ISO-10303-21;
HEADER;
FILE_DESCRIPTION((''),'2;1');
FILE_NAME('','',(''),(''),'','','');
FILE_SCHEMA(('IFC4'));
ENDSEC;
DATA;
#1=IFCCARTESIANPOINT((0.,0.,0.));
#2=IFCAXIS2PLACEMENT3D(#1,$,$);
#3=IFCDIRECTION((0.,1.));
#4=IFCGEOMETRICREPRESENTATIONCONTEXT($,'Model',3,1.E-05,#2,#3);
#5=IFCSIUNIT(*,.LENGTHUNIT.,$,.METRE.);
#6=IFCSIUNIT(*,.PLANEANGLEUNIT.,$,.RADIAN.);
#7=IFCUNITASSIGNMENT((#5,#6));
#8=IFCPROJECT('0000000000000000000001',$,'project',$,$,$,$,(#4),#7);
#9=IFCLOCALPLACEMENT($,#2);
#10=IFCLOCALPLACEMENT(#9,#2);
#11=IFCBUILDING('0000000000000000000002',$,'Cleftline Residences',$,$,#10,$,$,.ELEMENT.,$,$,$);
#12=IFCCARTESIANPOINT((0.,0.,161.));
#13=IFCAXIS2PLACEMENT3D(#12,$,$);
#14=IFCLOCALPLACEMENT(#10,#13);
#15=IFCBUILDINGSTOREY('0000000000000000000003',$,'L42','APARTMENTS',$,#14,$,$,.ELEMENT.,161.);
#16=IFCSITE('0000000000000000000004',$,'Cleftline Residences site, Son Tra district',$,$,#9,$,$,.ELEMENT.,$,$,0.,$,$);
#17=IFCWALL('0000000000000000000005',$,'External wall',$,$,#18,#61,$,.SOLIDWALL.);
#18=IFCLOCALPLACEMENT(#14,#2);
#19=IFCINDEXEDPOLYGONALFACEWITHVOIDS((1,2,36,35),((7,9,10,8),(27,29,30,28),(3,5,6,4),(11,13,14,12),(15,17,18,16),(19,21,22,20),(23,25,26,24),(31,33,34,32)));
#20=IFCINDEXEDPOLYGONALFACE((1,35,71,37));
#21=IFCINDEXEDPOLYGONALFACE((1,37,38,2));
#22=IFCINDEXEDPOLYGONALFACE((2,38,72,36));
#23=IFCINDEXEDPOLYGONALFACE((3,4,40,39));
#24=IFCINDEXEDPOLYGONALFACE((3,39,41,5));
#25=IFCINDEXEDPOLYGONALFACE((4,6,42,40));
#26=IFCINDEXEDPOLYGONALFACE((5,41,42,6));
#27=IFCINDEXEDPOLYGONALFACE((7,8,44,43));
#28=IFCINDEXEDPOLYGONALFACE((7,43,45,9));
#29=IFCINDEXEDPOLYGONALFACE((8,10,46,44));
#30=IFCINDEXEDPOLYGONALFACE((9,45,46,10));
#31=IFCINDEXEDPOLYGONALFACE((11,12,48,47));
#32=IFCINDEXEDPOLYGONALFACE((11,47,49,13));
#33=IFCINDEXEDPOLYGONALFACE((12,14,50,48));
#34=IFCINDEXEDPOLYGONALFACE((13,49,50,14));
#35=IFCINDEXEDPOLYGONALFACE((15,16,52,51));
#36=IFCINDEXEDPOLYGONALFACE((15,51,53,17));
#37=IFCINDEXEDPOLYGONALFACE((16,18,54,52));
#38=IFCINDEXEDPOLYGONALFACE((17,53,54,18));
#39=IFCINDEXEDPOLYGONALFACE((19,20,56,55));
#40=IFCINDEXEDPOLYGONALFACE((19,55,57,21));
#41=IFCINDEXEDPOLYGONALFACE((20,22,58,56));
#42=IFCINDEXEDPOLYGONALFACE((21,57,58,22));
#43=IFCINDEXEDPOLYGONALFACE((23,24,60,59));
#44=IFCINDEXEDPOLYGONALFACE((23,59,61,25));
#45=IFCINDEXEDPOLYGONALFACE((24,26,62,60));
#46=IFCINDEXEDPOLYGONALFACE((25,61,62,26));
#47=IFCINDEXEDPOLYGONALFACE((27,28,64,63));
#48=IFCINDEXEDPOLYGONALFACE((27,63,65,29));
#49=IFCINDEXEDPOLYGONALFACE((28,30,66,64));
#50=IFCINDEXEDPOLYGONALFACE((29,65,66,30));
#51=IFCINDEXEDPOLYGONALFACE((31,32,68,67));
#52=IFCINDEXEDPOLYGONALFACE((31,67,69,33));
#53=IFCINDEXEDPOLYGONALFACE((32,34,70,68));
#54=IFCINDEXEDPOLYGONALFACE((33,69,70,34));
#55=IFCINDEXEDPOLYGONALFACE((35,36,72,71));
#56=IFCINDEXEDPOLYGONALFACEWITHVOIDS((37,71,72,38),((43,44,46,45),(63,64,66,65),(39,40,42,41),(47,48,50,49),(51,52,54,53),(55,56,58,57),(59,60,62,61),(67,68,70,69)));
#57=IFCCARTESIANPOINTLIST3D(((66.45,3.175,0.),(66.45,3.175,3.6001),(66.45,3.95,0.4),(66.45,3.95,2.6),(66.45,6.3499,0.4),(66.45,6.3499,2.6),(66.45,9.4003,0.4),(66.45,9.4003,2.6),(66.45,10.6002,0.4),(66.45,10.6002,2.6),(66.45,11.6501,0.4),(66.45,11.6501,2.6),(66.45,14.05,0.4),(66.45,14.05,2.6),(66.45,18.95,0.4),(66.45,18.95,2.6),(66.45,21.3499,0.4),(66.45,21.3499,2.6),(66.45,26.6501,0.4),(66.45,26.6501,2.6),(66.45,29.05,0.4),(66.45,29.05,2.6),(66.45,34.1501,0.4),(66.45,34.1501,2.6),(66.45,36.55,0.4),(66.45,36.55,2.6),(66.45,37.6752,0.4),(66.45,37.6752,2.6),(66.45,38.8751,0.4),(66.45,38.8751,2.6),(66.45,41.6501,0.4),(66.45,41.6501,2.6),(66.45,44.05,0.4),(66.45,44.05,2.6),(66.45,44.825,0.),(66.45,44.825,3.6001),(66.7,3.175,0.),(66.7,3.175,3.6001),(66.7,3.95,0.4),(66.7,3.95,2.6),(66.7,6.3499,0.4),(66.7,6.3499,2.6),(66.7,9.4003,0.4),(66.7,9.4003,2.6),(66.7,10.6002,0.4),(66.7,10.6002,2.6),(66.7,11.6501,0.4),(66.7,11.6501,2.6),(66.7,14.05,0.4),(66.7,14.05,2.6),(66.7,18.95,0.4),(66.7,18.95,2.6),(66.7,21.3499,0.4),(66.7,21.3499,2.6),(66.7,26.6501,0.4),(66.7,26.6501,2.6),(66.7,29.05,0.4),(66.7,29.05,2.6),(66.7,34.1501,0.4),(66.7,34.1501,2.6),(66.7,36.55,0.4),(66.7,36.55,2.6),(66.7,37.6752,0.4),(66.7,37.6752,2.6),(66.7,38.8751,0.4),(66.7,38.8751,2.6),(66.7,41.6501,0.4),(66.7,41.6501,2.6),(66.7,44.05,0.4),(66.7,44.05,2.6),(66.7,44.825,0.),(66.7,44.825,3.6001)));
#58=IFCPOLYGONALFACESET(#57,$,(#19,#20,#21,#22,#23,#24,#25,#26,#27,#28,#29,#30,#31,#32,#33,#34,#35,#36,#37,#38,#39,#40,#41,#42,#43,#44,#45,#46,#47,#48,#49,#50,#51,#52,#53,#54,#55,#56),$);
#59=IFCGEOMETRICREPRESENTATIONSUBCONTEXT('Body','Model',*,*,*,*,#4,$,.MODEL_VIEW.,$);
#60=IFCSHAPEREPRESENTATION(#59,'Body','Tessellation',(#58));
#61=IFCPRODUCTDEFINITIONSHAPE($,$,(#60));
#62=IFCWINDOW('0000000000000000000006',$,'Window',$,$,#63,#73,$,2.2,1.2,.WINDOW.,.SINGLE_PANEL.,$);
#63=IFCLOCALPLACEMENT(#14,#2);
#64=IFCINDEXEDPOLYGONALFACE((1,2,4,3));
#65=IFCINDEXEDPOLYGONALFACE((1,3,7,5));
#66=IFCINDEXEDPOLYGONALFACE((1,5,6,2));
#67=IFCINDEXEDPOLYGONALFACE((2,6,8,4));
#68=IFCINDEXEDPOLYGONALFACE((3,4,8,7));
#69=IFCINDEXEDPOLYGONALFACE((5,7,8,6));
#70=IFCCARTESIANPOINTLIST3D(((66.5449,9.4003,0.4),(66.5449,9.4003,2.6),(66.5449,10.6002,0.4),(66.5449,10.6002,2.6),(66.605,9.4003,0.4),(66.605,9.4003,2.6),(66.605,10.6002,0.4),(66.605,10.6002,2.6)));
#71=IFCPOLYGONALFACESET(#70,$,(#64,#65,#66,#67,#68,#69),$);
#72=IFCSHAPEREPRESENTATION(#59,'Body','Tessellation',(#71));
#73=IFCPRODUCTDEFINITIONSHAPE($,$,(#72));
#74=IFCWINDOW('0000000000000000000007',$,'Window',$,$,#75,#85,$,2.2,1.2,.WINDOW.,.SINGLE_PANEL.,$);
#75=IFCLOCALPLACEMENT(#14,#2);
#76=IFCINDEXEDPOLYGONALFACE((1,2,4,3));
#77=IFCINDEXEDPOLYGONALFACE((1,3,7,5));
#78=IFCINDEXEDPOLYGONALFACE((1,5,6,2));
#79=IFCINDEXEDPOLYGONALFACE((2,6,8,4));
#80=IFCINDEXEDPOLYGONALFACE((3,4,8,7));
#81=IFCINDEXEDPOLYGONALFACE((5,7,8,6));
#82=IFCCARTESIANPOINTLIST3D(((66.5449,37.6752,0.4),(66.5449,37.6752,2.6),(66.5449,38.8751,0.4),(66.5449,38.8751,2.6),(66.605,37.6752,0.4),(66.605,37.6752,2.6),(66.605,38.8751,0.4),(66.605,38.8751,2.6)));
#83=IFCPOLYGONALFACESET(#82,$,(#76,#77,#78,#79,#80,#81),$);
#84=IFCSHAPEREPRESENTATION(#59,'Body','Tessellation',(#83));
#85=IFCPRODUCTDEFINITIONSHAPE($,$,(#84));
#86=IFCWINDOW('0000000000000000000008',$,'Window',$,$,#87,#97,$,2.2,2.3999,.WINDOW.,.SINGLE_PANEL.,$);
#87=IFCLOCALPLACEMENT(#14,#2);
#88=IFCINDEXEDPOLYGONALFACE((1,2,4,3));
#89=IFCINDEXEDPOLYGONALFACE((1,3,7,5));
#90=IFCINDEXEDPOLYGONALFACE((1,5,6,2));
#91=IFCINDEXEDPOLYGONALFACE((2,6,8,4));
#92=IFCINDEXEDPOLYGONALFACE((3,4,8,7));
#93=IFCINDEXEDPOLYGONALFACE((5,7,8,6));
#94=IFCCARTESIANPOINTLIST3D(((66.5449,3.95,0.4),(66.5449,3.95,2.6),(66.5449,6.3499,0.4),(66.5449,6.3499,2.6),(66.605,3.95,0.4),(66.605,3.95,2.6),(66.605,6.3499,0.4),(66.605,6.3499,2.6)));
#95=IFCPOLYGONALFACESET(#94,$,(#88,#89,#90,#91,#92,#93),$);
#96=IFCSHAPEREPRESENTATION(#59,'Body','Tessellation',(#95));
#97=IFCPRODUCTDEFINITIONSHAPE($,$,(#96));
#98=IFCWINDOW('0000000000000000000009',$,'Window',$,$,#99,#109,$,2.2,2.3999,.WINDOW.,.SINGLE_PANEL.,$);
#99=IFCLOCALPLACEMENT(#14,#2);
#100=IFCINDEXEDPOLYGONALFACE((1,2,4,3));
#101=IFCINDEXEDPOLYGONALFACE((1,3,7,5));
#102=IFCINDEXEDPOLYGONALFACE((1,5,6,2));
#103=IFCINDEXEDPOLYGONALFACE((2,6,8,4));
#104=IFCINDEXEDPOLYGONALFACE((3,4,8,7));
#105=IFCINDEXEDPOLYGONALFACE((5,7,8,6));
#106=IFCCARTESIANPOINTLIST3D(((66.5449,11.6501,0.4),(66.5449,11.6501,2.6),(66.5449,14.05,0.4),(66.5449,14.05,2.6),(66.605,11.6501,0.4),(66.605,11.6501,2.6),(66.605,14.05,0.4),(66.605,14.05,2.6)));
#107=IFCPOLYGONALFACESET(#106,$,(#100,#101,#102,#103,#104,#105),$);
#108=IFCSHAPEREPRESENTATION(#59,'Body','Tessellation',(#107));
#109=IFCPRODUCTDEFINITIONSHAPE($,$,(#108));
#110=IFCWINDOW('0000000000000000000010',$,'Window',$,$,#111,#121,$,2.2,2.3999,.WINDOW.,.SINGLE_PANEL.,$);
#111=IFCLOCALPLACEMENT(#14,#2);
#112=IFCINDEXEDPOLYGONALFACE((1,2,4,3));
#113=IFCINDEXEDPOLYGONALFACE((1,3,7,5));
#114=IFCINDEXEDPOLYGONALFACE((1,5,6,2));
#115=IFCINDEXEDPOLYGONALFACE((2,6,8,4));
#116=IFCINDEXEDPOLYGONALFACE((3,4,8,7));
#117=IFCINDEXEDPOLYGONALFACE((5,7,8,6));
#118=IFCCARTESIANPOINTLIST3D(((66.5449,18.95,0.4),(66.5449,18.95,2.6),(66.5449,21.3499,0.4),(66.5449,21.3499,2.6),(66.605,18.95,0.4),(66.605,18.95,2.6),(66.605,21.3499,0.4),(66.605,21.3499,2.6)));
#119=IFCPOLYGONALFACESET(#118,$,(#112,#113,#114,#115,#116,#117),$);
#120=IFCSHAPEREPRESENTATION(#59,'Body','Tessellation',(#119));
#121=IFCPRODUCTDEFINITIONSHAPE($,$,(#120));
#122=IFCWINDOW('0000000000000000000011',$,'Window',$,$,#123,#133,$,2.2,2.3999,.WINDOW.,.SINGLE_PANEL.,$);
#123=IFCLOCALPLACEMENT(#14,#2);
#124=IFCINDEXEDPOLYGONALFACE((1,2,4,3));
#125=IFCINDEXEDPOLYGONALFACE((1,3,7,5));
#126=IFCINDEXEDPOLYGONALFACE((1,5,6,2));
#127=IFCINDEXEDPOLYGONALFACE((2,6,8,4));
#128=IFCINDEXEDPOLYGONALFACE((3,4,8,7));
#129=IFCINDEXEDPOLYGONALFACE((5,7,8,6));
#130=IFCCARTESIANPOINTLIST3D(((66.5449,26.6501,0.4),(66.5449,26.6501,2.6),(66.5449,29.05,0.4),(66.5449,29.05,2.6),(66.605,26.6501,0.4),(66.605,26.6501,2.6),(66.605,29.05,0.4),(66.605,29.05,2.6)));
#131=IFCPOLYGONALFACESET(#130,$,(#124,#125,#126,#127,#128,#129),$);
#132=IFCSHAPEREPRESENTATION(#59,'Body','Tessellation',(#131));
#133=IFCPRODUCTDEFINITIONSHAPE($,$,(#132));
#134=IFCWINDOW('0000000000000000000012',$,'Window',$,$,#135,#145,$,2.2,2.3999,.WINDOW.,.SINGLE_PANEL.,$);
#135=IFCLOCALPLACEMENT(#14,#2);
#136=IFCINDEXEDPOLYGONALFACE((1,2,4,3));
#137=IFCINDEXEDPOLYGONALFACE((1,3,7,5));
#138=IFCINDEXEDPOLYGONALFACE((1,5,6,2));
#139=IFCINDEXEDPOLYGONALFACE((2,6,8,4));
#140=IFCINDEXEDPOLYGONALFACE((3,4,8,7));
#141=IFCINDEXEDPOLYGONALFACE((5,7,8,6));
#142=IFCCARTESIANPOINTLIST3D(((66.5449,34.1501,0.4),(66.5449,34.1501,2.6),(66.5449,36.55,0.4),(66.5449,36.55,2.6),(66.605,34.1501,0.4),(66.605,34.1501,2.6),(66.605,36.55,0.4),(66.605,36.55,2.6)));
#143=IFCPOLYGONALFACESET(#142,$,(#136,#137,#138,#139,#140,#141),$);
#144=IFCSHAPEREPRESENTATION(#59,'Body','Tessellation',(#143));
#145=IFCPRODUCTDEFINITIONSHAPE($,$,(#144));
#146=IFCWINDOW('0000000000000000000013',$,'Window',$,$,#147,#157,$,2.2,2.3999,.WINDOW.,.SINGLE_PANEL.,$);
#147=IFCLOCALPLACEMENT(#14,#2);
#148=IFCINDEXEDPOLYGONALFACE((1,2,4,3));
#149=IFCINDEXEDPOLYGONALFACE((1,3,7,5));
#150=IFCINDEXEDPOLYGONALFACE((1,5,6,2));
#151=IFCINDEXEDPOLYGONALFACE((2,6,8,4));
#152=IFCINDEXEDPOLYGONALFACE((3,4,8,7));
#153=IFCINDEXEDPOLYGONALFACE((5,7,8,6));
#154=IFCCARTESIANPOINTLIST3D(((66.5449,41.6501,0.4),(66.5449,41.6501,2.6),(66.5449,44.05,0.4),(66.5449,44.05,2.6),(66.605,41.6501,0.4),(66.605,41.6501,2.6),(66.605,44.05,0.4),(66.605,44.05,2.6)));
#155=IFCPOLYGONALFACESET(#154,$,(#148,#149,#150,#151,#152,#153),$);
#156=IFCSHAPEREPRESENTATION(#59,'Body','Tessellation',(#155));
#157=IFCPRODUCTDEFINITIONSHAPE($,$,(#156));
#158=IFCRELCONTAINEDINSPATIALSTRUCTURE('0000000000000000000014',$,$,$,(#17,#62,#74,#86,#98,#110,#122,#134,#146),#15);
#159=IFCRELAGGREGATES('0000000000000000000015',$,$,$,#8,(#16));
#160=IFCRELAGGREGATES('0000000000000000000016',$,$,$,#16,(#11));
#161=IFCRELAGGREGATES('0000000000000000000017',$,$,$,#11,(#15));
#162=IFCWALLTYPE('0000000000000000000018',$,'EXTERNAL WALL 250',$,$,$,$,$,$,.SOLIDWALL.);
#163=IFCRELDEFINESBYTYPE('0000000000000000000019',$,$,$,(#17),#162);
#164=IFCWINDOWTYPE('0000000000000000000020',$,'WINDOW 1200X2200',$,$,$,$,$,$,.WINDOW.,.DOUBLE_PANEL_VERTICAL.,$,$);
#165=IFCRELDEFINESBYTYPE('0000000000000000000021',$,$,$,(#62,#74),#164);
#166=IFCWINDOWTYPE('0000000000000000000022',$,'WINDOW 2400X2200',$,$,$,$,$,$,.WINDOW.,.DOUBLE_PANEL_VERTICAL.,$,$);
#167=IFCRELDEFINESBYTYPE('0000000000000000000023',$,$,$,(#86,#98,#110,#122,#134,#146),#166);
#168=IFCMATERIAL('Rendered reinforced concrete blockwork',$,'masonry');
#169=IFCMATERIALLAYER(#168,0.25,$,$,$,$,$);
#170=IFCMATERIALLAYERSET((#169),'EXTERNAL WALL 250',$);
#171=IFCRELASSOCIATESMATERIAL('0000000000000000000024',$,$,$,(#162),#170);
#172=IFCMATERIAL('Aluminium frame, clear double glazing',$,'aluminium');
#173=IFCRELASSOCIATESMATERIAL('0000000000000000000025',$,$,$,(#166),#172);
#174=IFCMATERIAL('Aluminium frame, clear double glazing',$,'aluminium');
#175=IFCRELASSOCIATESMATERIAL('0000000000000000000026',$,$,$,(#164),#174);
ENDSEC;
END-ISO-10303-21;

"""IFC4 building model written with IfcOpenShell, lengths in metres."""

from ifc_helpers import new_model, si_unit, direction, frame, frame_2d, origin, place, context, subcontext, project, spatial, rectangle, extrude, material, layer, layer_set, type_object, element, fill, save


model = new_model("IFC4")

# Units and contexts
model_context = context("Model", 3, precision=1e-05, world=origin(), true_north=direction((0.0, 1.0)))
body_context = subcontext(model_context, "Body", "Model", "MODEL_VIEW")
ifc_project = project(units=[si_unit("LENGTHUNIT", "METRE"), si_unit("PLANEANGLEUNIT", "RADIAN")], contexts=[model_context])

# Site, building, storey
site_placement = place(None, origin())
site = spatial("IfcSite", under=ifc_project, at=site_placement, Name="Cleftline Residences site, Son Tra district", CompositionType="ELEMENT", RefElevation=0.0)
building_placement = place(site_placement, origin())
building = spatial("IfcBuilding", under=site, at=building_placement, Name="Cleftline Residences", CompositionType="ELEMENT")
storey_placement = place(building_placement, frame((0.0, 0.0, 161.0)))
storey = spatial("IfcBuildingStorey", under=building, at=storey_placement, Name="L42", Description="APARTMENTS", CompositionType="ELEMENT", Elevation=161.0)

# Shared definitions
ifc_material_1 = material(Name="Rendered reinforced concrete blockwork", Category="masonry")
ifc_layer_1 = layer(ifc_material_1, 0.25)
ifc_layer_set_1 = layer_set([ifc_layer_1], Name="EXTERNAL WALL 250")
wall_type_1 = type_object("IfcWallType", Name="EXTERNAL WALL 250", PredefinedType="SOLIDWALL", material=ifc_layer_set_1)
ifc_material_2 = material(Name="Aluminium frame, clear double glazing", Category="aluminium")
window_type_1 = type_object("IfcWindowType", Name="WINDOW 2400X2200", PartitioningType="DOUBLE_PANEL_VERTICAL", PredefinedType="WINDOW", material=ifc_material_2)

# Wall, openings, windows
wall_1_placement = place(storey_placement, frame((66.575, 3.175, 0.0), z_axis=(0.0, 0.0, 1.0), x_axis=(0.0, 1.0, 0.0)))
wall_1 = element("IfcWall", 1, at=wall_1_placement, inside=storey, type_object=wall_type_1, Name="External wall", PredefinedType="SOLIDWALL", context=body_context, shape_type="SweptSolid", body=[
    extrude(rectangle(XDim=41.6499, YDim=0.25, at=frame_2d((20.825, 0.0))), origin(), (0.0, 0.0, 1.0), 3.6001),
])
opening_1_placement = place(wall_1_placement, frame((0.7749, 0.0, 0.3999)))
opening_1 = element("IfcOpeningElement", 2, at=opening_1_placement, cuts=wall_1, PredefinedType="OPENING", context=body_context, shape_type="SweptSolid", body=[
    extrude(rectangle(XDim=2.3999, YDim=2.2, at=frame_2d((1.2, 1.1001))), frame((0.0, 0.135, 0.0), z_axis=(0.0, -1.0, 0.0), x_axis=(1.0, 0.0, 0.0)), (0.0, 0.0, 1.0), 0.27),
])
opening_2_placement = place(wall_1_placement, frame((6.2251, 0.0, 0.3999)))
opening_2 = element("IfcOpeningElement", 3, at=opening_2_placement, cuts=wall_1, PredefinedType="OPENING", context=body_context, shape_type="SweptSolid", body=[
    extrude(rectangle(XDim=1.2, YDim=2.2, at=frame_2d((0.6001, 1.1001))), frame((0.0, 0.135, 0.0), z_axis=(0.0, -1.0, 0.0), x_axis=(1.0, 0.0, 0.0)), (0.0, 0.0, 1.0), 0.27),
])
opening_3_placement = place(wall_1_placement, frame((8.4751, 0.0, 0.3999)))
opening_3 = element("IfcOpeningElement", 4, at=opening_3_placement, cuts=wall_1, PredefinedType="OPENING", context=body_context, shape_type="SweptSolid", body=[
    extrude(rectangle(XDim=2.3999, YDim=2.2, at=frame_2d((1.2, 1.1001))), frame((0.0, 0.135, 0.0), z_axis=(0.0, -1.0, 0.0), x_axis=(1.0, 0.0, 0.0)), (0.0, 0.0, 1.0), 0.27),
])
opening_4_placement = place(wall_1_placement, frame((15.7749, 0.0, 0.3999)))
opening_4 = element("IfcOpeningElement", 5, at=opening_4_placement, cuts=wall_1, PredefinedType="OPENING", context=body_context, shape_type="SweptSolid", body=[
    extrude(rectangle(XDim=2.3999, YDim=2.2, at=frame_2d((1.2, 1.1001))), frame((0.0, 0.135, 0.0), z_axis=(0.0, -1.0, 0.0), x_axis=(1.0, 0.0, 0.0)), (0.0, 0.0, 1.0), 0.27),
])
opening_5_placement = place(wall_1_placement, frame((23.4751, 0.0, 0.3999)))
opening_5 = element("IfcOpeningElement", 6, at=opening_5_placement, cuts=wall_1, PredefinedType="OPENING", context=body_context, shape_type="SweptSolid", body=[
    extrude(rectangle(XDim=2.3999, YDim=2.2, at=frame_2d((1.2, 1.1001))), frame((0.0, 0.135, 0.0), z_axis=(0.0, -1.0, 0.0), x_axis=(1.0, 0.0, 0.0)), (0.0, 0.0, 1.0), 0.27),
])
opening_6_placement = place(wall_1_placement, frame((30.9751, 0.0, 0.3999)))
opening_6 = element("IfcOpeningElement", 7, at=opening_6_placement, cuts=wall_1, PredefinedType="OPENING", context=body_context, shape_type="SweptSolid", body=[
    extrude(rectangle(XDim=2.3999, YDim=2.2, at=frame_2d((1.2, 1.1001))), frame((0.0, 0.135, 0.0), z_axis=(0.0, -1.0, 0.0), x_axis=(1.0, 0.0, 0.0)), (0.0, 0.0, 1.0), 0.27),
])
opening_7_placement = place(wall_1_placement, frame((34.5, 0.0, 0.3999)))
opening_7 = element("IfcOpeningElement", 8, at=opening_7_placement, cuts=wall_1, PredefinedType="OPENING", context=body_context, shape_type="SweptSolid", body=[
    extrude(rectangle(XDim=1.2, YDim=2.2, at=frame_2d((0.6001, 1.1001))), frame((0.0, 0.135, 0.0), z_axis=(0.0, -1.0, 0.0), x_axis=(1.0, 0.0, 0.0)), (0.0, 0.0, 1.0), 0.27),
])
opening_8_placement = place(wall_1_placement, frame((38.4751, 0.0, 0.3999)))
opening_8 = element("IfcOpeningElement", 9, at=opening_8_placement, cuts=wall_1, PredefinedType="OPENING", context=body_context, shape_type="SweptSolid", body=[
    extrude(rectangle(XDim=2.3999, YDim=2.2, at=frame_2d((1.2, 1.1001))), frame((0.0, 0.135, 0.0), z_axis=(0.0, -1.0, 0.0), x_axis=(1.0, 0.0, 0.0)), (0.0, 0.0, 1.0), 0.27),
])
ifc_material_3 = material(Name="Aluminium frame, clear double glazing", Category="aluminium")
window_type_2 = type_object("IfcWindowType", Name="WINDOW 1200X2200", PartitioningType="DOUBLE_PANEL_VERTICAL", PredefinedType="WINDOW", material=ifc_material_3)
window_1_placement = place(opening_2_placement, origin())
window_1 = element("IfcWindow", 10, at=window_1_placement, inside=storey, type_object=window_type_2, Name="Window", OverallHeight=2.2, OverallWidth=1.2, PartitioningType="SINGLE_PANEL", PredefinedType="WINDOW", context=body_context, shape_type="SweptSolid", body=[
    extrude(rectangle(XDim=1.2, YDim=2.2, at=frame_2d((0.6001, 1.1001))), frame((0.0, 0.03, 0.0), z_axis=(0.0, -1.0, 0.0), x_axis=(1.0, 0.0, 0.0)), (0.0, 0.0, 1.0), 0.0601),
])
fill(opening_2, window_1)
window_2_placement = place(opening_7_placement, origin())
window_2 = element("IfcWindow", 11, at=window_2_placement, inside=storey, type_object=window_type_2, Name="Window", OverallHeight=2.2, OverallWidth=1.2, PartitioningType="SINGLE_PANEL", PredefinedType="WINDOW", context=body_context, shape_type="SweptSolid", body=[
    extrude(rectangle(XDim=1.2, YDim=2.2, at=frame_2d((0.6001, 1.1001))), frame((0.0, 0.03, 0.0), z_axis=(0.0, -1.0, 0.0), x_axis=(1.0, 0.0, 0.0)), (0.0, 0.0, 1.0), 0.0601),
])
fill(opening_7, window_2)
window_3_placement = place(opening_1_placement, origin())
window_3 = element("IfcWindow", 12, at=window_3_placement, inside=storey, type_object=window_type_1, Name="Window", OverallHeight=2.2, OverallWidth=2.3999, PartitioningType="SINGLE_PANEL", PredefinedType="WINDOW", context=body_context, shape_type="SweptSolid", body=[
    extrude(rectangle(XDim=2.3999, YDim=2.2, at=frame_2d((1.2, 1.1001))), frame((0.0, 0.03, 0.0), z_axis=(0.0, -1.0, 0.0), x_axis=(1.0, 0.0, 0.0)), (0.0, 0.0, 1.0), 0.0601),
])
fill(opening_1, window_3)
window_4_placement = place(opening_3_placement, origin())
window_4 = element("IfcWindow", 13, at=window_4_placement, inside=storey, type_object=window_type_1, Name="Window", OverallHeight=2.2, OverallWidth=2.3999, PartitioningType="SINGLE_PANEL", PredefinedType="WINDOW", context=body_context, shape_type="SweptSolid", body=[
    extrude(rectangle(XDim=2.3999, YDim=2.2, at=frame_2d((1.2, 1.1001))), frame((0.0, 0.03, 0.0), z_axis=(0.0, -1.0, 0.0), x_axis=(1.0, 0.0, 0.0)), (0.0, 0.0, 1.0), 0.0601),
])
fill(opening_3, window_4)
window_5_placement = place(opening_4_placement, origin())
window_5 = element("IfcWindow", 14, at=window_5_placement, inside=storey, type_object=window_type_1, Name="Window", OverallHeight=2.2, OverallWidth=2.3999, PartitioningType="SINGLE_PANEL", PredefinedType="WINDOW", context=body_context, shape_type="SweptSolid", body=[
    extrude(rectangle(XDim=2.3999, YDim=2.2, at=frame_2d((1.2, 1.1001))), frame((0.0, 0.03, 0.0), z_axis=(0.0, -1.0, 0.0), x_axis=(1.0, 0.0, 0.0)), (0.0, 0.0, 1.0), 0.0601),
])
fill(opening_4, window_5)
window_6_placement = place(opening_5_placement, origin())
window_6 = element("IfcWindow", 15, at=window_6_placement, inside=storey, type_object=window_type_1, Name="Window", OverallHeight=2.2, OverallWidth=2.3999, PartitioningType="SINGLE_PANEL", PredefinedType="WINDOW", context=body_context, shape_type="SweptSolid", body=[
    extrude(rectangle(XDim=2.3999, YDim=2.2, at=frame_2d((1.2, 1.1001))), frame((0.0, 0.03, 0.0), z_axis=(0.0, -1.0, 0.0), x_axis=(1.0, 0.0, 0.0)), (0.0, 0.0, 1.0), 0.0601),
])
fill(opening_5, window_6)
window_7_placement = place(opening_6_placement, origin())
window_7 = element("IfcWindow", 16, at=window_7_placement, inside=storey, type_object=window_type_1, Name="Window", OverallHeight=2.2, OverallWidth=2.3999, PartitioningType="SINGLE_PANEL", PredefinedType="WINDOW", context=body_context, shape_type="SweptSolid", body=[
    extrude(rectangle(XDim=2.3999, YDim=2.2, at=frame_2d((1.2, 1.1001))), frame((0.0, 0.03, 0.0), z_axis=(0.0, -1.0, 0.0), x_axis=(1.0, 0.0, 0.0)), (0.0, 0.0, 1.0), 0.0601),
])
fill(opening_6, window_7)
window_8_placement = place(opening_8_placement, origin())
window_8 = element("IfcWindow", 17, at=window_8_placement, inside=storey, type_object=window_type_1, Name="Window", OverallHeight=2.2, OverallWidth=2.3999, PartitioningType="SINGLE_PANEL", PredefinedType="WINDOW", context=body_context, shape_type="SweptSolid", body=[
    extrude(rectangle(XDim=2.3999, YDim=2.2, at=frame_2d((1.2, 1.1001))), frame((0.0, 0.03, 0.0), z_axis=(0.0, -1.0, 0.0), x_axis=(1.0, 0.0, 0.0)), (0.0, 0.0, 1.0), 0.0601),
])
fill(opening_8, window_8)

save(model, "model.ifc")
